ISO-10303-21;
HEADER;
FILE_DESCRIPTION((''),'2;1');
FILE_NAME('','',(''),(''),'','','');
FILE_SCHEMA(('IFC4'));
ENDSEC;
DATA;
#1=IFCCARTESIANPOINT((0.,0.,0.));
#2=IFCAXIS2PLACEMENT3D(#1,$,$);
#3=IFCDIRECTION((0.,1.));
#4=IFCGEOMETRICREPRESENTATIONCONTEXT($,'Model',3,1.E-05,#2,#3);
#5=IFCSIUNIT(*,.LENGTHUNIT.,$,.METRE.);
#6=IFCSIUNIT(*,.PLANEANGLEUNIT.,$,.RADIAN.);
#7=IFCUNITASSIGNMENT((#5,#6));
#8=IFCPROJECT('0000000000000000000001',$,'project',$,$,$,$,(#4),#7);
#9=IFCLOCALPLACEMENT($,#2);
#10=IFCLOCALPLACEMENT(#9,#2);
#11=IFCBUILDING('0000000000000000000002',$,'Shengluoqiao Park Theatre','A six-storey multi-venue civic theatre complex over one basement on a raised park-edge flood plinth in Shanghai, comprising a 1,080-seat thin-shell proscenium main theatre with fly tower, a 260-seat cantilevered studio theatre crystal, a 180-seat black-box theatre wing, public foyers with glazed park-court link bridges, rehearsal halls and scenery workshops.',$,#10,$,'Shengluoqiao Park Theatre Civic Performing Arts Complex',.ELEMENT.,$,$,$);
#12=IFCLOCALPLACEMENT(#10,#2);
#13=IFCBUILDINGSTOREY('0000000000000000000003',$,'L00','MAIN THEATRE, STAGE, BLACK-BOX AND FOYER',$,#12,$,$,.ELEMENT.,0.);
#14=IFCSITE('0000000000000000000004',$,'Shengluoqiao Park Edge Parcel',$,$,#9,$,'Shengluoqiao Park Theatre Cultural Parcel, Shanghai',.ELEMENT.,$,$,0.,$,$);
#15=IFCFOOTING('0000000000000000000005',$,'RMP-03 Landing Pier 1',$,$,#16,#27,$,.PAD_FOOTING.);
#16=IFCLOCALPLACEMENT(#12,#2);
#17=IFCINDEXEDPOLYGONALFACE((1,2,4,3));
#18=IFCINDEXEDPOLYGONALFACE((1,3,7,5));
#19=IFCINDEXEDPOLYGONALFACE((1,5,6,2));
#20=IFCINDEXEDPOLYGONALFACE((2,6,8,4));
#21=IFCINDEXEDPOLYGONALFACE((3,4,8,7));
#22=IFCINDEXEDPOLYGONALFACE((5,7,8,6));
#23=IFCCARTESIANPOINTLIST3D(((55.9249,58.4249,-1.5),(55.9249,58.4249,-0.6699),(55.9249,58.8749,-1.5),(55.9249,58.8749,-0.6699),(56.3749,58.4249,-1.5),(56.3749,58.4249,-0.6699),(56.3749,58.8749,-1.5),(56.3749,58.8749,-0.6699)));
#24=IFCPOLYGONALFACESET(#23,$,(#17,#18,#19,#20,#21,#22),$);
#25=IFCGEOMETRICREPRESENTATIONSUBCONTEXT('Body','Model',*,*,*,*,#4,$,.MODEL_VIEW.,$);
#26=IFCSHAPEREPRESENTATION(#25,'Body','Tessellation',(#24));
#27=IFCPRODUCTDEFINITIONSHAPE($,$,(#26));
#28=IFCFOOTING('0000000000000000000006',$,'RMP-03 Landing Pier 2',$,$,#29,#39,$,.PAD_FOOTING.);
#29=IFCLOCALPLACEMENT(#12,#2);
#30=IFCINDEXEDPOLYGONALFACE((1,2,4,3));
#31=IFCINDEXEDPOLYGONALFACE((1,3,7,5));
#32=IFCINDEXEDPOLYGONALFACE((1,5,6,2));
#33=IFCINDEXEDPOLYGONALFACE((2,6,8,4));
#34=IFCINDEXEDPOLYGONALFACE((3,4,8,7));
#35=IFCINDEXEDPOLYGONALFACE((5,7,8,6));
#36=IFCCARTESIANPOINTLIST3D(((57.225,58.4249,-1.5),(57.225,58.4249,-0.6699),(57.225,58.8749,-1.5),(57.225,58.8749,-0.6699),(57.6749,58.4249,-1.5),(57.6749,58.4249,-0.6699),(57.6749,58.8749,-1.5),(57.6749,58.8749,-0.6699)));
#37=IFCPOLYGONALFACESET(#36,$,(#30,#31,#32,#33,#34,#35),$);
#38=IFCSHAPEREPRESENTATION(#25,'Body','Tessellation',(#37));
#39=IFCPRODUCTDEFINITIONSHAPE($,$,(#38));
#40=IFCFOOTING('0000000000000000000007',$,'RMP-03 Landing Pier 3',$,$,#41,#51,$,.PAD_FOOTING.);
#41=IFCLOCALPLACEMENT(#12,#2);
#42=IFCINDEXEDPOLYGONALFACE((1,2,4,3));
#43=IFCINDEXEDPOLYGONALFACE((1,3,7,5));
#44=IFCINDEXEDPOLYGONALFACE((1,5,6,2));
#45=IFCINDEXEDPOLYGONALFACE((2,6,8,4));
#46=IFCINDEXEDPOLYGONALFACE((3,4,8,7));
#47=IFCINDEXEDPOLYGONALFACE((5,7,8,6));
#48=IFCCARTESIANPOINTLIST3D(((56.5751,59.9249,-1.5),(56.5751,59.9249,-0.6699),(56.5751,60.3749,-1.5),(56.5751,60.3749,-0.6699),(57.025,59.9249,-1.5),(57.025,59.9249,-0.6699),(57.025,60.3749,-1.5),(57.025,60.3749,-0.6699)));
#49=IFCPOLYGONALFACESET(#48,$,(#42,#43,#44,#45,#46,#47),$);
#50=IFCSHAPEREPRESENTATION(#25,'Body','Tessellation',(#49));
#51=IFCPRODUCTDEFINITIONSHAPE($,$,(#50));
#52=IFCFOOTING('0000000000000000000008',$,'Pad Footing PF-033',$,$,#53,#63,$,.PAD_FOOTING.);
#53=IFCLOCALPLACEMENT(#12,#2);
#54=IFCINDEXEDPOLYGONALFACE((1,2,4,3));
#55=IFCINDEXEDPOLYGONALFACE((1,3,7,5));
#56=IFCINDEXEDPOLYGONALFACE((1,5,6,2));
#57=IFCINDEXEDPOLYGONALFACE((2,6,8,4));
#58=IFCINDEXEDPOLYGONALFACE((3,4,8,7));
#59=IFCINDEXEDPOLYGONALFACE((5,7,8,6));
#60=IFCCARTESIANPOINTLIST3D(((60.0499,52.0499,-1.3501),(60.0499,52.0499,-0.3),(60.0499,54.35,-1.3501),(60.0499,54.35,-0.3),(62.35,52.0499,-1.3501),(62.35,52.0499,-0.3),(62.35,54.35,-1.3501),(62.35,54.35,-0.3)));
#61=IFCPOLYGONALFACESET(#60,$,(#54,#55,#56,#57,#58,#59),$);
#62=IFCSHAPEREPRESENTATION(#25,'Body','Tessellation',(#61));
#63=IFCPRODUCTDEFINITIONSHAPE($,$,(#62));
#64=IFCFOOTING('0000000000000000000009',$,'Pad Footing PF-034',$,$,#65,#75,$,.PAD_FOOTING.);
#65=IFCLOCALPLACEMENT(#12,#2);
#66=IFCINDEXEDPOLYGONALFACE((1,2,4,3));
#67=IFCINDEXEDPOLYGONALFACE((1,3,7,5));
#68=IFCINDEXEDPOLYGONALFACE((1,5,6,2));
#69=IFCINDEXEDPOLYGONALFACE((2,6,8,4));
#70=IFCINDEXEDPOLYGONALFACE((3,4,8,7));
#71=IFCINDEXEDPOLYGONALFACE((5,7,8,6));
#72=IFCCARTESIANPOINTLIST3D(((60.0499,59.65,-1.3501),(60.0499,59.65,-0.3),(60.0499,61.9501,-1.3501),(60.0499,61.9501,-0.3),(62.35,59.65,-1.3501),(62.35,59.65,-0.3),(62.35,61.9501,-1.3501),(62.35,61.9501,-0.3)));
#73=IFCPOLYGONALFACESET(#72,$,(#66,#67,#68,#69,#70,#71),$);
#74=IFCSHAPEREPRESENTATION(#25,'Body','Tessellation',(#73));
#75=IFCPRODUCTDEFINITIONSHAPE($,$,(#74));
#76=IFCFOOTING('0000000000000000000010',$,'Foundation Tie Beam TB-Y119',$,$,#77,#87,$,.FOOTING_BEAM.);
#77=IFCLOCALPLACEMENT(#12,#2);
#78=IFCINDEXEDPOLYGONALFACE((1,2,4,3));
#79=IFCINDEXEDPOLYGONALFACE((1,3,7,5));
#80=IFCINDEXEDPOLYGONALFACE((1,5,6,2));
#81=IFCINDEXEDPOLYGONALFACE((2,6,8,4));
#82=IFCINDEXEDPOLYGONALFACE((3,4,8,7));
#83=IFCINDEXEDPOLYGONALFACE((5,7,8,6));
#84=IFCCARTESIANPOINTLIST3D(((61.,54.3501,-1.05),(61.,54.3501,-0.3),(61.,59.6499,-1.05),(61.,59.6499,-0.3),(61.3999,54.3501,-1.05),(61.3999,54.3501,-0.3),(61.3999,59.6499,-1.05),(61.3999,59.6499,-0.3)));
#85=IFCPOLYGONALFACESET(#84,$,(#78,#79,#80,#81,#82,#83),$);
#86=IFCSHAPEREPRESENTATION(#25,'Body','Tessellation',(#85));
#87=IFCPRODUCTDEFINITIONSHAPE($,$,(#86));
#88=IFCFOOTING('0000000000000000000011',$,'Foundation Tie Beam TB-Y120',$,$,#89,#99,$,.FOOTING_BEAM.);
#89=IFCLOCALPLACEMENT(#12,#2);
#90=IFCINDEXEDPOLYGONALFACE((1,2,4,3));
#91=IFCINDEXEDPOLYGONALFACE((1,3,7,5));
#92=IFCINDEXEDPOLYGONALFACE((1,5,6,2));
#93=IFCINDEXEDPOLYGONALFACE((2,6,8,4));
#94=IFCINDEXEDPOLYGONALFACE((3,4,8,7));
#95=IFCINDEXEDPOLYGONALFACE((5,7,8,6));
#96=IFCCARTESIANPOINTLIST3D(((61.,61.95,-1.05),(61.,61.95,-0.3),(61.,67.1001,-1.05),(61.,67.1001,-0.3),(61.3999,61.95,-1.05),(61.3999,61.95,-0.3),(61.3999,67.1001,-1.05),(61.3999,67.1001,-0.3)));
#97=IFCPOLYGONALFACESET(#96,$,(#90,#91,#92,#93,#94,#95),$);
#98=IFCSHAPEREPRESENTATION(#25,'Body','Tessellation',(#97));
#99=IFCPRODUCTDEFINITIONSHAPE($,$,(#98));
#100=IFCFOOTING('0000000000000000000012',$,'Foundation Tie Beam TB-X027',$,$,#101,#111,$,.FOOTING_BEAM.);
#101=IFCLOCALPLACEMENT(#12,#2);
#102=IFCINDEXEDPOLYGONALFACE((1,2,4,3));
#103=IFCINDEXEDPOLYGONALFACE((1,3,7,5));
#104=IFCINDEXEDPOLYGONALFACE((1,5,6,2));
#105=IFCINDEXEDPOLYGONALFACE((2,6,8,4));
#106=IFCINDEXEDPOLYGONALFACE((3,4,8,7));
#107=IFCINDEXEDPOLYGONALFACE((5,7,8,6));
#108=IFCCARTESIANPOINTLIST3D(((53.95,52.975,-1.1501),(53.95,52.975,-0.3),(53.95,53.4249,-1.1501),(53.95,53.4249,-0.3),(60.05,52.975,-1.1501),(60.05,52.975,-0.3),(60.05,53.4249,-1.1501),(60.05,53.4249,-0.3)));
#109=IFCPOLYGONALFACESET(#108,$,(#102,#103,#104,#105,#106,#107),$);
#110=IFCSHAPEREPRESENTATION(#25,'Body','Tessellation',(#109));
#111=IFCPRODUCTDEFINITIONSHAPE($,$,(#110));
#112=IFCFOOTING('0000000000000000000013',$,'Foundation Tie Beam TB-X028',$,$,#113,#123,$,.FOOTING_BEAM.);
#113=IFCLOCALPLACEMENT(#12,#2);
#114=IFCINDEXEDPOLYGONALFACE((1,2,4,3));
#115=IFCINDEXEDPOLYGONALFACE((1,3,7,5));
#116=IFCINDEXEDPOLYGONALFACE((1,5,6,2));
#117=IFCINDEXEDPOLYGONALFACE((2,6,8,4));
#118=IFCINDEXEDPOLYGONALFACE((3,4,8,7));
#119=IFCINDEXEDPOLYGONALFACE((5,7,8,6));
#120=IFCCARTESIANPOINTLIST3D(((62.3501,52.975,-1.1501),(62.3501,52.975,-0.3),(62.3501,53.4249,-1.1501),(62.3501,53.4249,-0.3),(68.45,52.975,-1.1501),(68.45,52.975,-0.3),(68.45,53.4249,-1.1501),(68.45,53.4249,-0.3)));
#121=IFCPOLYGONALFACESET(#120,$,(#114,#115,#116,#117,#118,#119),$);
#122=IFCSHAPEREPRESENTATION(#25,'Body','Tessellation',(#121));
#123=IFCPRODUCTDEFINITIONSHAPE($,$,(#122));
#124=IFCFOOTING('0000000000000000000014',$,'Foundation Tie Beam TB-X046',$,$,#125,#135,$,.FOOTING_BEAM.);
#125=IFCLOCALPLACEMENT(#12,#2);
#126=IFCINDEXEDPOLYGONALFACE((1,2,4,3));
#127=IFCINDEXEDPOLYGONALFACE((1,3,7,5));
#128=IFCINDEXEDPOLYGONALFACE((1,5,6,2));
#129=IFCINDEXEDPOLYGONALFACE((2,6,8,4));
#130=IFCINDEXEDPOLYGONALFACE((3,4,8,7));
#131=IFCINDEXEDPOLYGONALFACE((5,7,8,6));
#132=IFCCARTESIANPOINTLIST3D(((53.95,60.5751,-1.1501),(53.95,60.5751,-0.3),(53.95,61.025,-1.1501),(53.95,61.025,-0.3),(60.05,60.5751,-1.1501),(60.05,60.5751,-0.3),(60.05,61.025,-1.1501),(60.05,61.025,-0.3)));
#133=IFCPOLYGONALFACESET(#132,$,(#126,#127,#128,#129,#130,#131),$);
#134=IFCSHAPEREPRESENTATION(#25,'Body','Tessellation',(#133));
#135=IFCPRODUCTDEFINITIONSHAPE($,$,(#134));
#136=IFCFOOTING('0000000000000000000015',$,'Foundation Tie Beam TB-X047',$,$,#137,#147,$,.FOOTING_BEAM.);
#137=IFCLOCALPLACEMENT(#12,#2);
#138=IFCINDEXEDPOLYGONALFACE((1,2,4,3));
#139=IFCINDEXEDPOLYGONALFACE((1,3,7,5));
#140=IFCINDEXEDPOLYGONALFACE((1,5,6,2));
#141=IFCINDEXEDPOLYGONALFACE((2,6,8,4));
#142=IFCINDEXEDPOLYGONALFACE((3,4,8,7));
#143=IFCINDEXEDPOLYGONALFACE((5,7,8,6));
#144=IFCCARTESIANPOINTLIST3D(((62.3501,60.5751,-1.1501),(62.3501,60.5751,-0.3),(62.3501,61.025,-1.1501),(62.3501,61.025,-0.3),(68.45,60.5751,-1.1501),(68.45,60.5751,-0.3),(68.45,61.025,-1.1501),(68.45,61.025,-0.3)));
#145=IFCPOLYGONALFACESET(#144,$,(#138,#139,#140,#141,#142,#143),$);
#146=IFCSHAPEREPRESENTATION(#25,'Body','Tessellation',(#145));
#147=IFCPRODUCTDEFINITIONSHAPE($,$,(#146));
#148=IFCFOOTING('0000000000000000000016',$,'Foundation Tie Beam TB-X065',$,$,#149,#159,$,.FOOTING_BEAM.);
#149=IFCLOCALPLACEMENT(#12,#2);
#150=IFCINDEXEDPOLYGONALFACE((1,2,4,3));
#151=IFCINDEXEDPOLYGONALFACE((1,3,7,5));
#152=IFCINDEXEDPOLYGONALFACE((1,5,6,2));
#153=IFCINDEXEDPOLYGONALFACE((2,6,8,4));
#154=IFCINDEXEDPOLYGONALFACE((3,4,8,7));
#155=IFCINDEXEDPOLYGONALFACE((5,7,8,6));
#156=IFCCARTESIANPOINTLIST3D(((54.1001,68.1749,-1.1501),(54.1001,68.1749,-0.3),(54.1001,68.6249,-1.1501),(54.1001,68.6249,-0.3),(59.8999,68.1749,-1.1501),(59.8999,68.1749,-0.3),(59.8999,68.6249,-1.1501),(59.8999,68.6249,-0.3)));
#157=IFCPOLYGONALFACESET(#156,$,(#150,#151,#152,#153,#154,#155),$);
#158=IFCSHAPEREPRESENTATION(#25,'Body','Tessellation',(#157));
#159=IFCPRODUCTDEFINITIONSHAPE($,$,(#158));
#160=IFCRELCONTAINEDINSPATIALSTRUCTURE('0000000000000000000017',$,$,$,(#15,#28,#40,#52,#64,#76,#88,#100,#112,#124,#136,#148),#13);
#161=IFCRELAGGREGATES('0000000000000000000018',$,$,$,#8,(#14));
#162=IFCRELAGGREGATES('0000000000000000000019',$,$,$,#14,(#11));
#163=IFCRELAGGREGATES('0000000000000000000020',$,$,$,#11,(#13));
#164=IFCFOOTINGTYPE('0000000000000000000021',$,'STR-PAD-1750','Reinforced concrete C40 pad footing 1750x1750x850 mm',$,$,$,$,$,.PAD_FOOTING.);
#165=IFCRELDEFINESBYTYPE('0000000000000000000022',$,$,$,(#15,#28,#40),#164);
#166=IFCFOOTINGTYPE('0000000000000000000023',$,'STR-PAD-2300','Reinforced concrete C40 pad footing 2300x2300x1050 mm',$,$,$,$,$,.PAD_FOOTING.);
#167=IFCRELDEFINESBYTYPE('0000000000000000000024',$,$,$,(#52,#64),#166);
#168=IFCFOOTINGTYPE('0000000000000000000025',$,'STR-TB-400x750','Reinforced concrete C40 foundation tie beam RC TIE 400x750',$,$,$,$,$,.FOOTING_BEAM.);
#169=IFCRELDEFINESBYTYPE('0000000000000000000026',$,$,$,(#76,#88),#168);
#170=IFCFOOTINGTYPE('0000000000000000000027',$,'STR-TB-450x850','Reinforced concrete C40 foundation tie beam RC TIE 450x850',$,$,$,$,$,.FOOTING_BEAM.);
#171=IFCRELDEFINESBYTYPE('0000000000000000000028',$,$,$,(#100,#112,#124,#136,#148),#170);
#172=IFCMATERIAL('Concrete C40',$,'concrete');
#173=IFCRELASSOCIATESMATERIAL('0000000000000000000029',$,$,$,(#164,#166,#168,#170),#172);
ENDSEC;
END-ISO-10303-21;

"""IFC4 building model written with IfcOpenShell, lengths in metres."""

from ifc_helpers import new_model, si_unit, direction, frame, origin, origin_2d, place, context, subcontext, project, spatial, rectangle, extrude, material, material_profile, profile_set, type_object, element, save


model = new_model("IFC4")

# Units and contexts
model_context = context("Model", 3, precision=1e-05, world=origin(), true_north=direction((0.0, 1.0)))
body_context = subcontext(model_context, "Body", "Model", "MODEL_VIEW")
ifc_project = project(units=[si_unit("LENGTHUNIT", "METRE"), si_unit("PLANEANGLEUNIT", "RADIAN")], contexts=[model_context])

# Site, building, storey
site_placement = place(None, origin())
site = spatial("IfcSite", under=ifc_project, at=site_placement, Name="Shengluoqiao Park Edge Parcel", LongName="Shengluoqiao Park Theatre Cultural Parcel, Shanghai", CompositionType="ELEMENT", RefElevation=0.0)
building_placement = place(site_placement, origin())
building = spatial("IfcBuilding", under=site, at=building_placement, Name="Shengluoqiao Park Theatre", Description="A six-storey multi-venue civic theatre complex over one basement on a raised park-edge flood plinth in Shanghai, comprising a 1,080-seat thin-shell proscenium main theatre with fly tower, a 260-seat cantilevered studio theatre crystal, a 180-seat black-box theatre wing, public foyers with glazed park-court link bridges, rehearsal halls and scenery workshops.", LongName="Shengluoqiao Park Theatre Civic Performing Arts Complex", CompositionType="ELEMENT")
storey_placement = place(building_placement, origin())
storey = spatial("IfcBuildingStorey", under=building, at=storey_placement, Name="L00", Description="MAIN THEATRE, STAGE, BLACK-BOX AND FOYER", CompositionType="ELEMENT", Elevation=0.0)

# Footings
ifc_material_1 = material(Name="Concrete C40", Category="concrete")
footing_type_1 = type_object("IfcFootingType", Name="STR-PAD-1750", Description="Reinforced concrete C40 pad footing 1750x1750x850 mm", PredefinedType="PAD_FOOTING", material=ifc_material_1)
for number, where, z_axis, x_axis, name in (
    (1, (56.1499, 58.6499, -1.5), (0.0, 0.0, 1.0), (1.0, 0.0, 0.0), "RMP-03 Landing Pier 1"),
    (2, (57.45, 58.6499, -1.5), (0.0, 0.0, 1.0), (1.0, 0.0, 0.0), "RMP-03 Landing Pier 2"),
    (3, (56.8, 60.1499, -1.5), (0.0, 0.0, 1.0), (1.0, 0.0, 0.0), "RMP-03 Landing Pier 3"),
):
    element("IfcFooting", number, at=place(storey_placement, frame(where, z_axis=z_axis, x_axis=x_axis)), inside=storey, type_object=footing_type_1, Name=name, PredefinedType="PAD_FOOTING", context=body_context, shape_type="SweptSolid", body=[
        extrude(rectangle(XDim=0.45, YDim=0.45, at=origin_2d()), origin(), (0.0, 0.0, 1.0), 0.8301),
    ])
footing_type_2 = type_object("IfcFootingType", Name="STR-PAD-2300", Description="Reinforced concrete C40 pad footing 2300x2300x1050 mm", PredefinedType="PAD_FOOTING", material=ifc_material_1)
for number, where, z_axis, x_axis, name in (
    (4, (61.2, 53.2, -1.3501), (0.0, 0.0, 1.0), (1.0, 0.0, 0.0), "Pad Footing PF-033"),
    (5, (61.2, 60.8, -1.3501), (0.0, 0.0, 1.0), (1.0, 0.0, 0.0), "Pad Footing PF-034"),
):
    element("IfcFooting", number, at=place(storey_placement, frame(where, z_axis=z_axis, x_axis=x_axis)), inside=storey, type_object=footing_type_2, Name=name, PredefinedType="PAD_FOOTING", context=body_context, shape_type="SweptSolid", body=[
        extrude(rectangle(XDim=2.3, YDim=2.3, at=origin_2d()), origin(), (0.0, 0.0, 1.0), 1.05),
    ])
ifc_material_profile_1 = material_profile(ifc_material_1, rectangle(XDim=0.3999, YDim=0.75, at=origin_2d()), Name="RC TIE 400x750")
ifc_profile_set_1 = profile_set([ifc_material_profile_1], Name="Concrete C40")
footing_type_3 = type_object("IfcFootingType", Name="STR-TB-400x750", Description="Reinforced concrete C40 foundation tie beam RC TIE 400x750", PredefinedType="FOOTING_BEAM", material=ifc_profile_set_1)
footing_1_placement = place(storey_placement, frame((61.2, 54.3501, -0.675), z_axis=(0.0, 1.0, 0.0), x_axis=(-1.0, 0.0, 0.0)))
element("IfcFooting", 6, at=footing_1_placement, inside=storey, type_object=footing_type_3, Name="Foundation Tie Beam TB-Y119", PredefinedType="FOOTING_BEAM", context=body_context, shape_type="SweptSolid", body=[
    extrude(rectangle(XDim=0.3999, YDim=0.75, at=origin_2d()), origin(), (0.0, 0.0, 1.0), 5.2998),
])
footing_2_placement = place(storey_placement, frame((61.2, 61.95, -0.675), z_axis=(0.0, 1.0, 0.0), x_axis=(-1.0, 0.0, 0.0)))
element("IfcFooting", 7, at=footing_2_placement, inside=storey, type_object=footing_type_3, Name="Foundation Tie Beam TB-Y120", PredefinedType="FOOTING_BEAM", context=body_context, shape_type="SweptSolid", body=[
    extrude(rectangle(XDim=0.3999, YDim=0.75, at=origin_2d()), origin(), (0.0, 0.0, 1.0), 5.1501),
])
ifc_material_profile_2 = material_profile(ifc_material_1, rectangle(XDim=0.45, YDim=0.8501, at=origin_2d()), Name="RC TIE 450x850")
ifc_profile_set_2 = profile_set([ifc_material_profile_2], Name="Concrete C40")
footing_type_4 = type_object("IfcFootingType", Name="STR-TB-450x850", Description="Reinforced concrete C40 foundation tie beam RC TIE 450x850", PredefinedType="FOOTING_BEAM", material=ifc_profile_set_2)
footing_3_placement = place(storey_placement, frame((53.95, 53.2, -0.7251), z_axis=(1.0, 0.0, 0.0), x_axis=(0.0, 1.0, 0.0)))
element("IfcFooting", 8, at=footing_3_placement, inside=storey, type_object=footing_type_4, Name="Foundation Tie Beam TB-X027", PredefinedType="FOOTING_BEAM", context=body_context, shape_type="SweptSolid", body=[
    extrude(rectangle(XDim=0.45, YDim=0.8501, at=origin_2d()), origin(), (0.0, 0.0, 1.0), 6.1001),
])
footing_4_placement = place(storey_placement, frame((62.3501, 53.2, -0.7251), z_axis=(1.0, 0.0, 0.0), x_axis=(0.0, 1.0, 0.0)))
element("IfcFooting", 9, at=footing_4_placement, inside=storey, type_object=footing_type_4, Name="Foundation Tie Beam TB-X028", PredefinedType="FOOTING_BEAM", context=body_context, shape_type="SweptSolid", body=[
    extrude(rectangle(XDim=0.45, YDim=0.8501, at=origin_2d()), origin(), (0.0, 0.0, 1.0), 6.0999),
])
footing_5_placement = place(storey_placement, frame((53.95, 60.8, -0.7251), z_axis=(1.0, 0.0, 0.0), x_axis=(0.0, 1.0, 0.0)))
element("IfcFooting", 10, at=footing_5_placement, inside=storey, type_object=footing_type_4, Name="Foundation Tie Beam TB-X046", PredefinedType="FOOTING_BEAM", context=body_context, shape_type="SweptSolid", body=[
    extrude(rectangle(XDim=0.45, YDim=0.8501, at=origin_2d()), origin(), (0.0, 0.0, 1.0), 6.1001),
])
footing_6_placement = place(storey_placement, frame((62.3501, 60.8, -0.7251), z_axis=(1.0, 0.0, 0.0), x_axis=(0.0, 1.0, 0.0)))
element("IfcFooting", 11, at=footing_6_placement, inside=storey, type_object=footing_type_4, Name="Foundation Tie Beam TB-X047", PredefinedType="FOOTING_BEAM", context=body_context, shape_type="SweptSolid", body=[
    extrude(rectangle(XDim=0.45, YDim=0.8501, at=origin_2d()), origin(), (0.0, 0.0, 1.0), 6.0999),
])
footing_7_placement = place(storey_placement, frame((54.1001, 68.3999, -0.7251), z_axis=(1.0, 0.0, 0.0), x_axis=(0.0, 1.0, 0.0)))
element("IfcFooting", 12, at=footing_7_placement, inside=storey, type_object=footing_type_4, Name="Foundation Tie Beam TB-X065", PredefinedType="FOOTING_BEAM", context=body_context, shape_type="SweptSolid", body=[
    extrude(rectangle(XDim=0.45, YDim=0.8501, at=origin_2d()), origin(), (0.0, 0.0, 1.0), 5.7998),
])

save(model, "model.ifc")
